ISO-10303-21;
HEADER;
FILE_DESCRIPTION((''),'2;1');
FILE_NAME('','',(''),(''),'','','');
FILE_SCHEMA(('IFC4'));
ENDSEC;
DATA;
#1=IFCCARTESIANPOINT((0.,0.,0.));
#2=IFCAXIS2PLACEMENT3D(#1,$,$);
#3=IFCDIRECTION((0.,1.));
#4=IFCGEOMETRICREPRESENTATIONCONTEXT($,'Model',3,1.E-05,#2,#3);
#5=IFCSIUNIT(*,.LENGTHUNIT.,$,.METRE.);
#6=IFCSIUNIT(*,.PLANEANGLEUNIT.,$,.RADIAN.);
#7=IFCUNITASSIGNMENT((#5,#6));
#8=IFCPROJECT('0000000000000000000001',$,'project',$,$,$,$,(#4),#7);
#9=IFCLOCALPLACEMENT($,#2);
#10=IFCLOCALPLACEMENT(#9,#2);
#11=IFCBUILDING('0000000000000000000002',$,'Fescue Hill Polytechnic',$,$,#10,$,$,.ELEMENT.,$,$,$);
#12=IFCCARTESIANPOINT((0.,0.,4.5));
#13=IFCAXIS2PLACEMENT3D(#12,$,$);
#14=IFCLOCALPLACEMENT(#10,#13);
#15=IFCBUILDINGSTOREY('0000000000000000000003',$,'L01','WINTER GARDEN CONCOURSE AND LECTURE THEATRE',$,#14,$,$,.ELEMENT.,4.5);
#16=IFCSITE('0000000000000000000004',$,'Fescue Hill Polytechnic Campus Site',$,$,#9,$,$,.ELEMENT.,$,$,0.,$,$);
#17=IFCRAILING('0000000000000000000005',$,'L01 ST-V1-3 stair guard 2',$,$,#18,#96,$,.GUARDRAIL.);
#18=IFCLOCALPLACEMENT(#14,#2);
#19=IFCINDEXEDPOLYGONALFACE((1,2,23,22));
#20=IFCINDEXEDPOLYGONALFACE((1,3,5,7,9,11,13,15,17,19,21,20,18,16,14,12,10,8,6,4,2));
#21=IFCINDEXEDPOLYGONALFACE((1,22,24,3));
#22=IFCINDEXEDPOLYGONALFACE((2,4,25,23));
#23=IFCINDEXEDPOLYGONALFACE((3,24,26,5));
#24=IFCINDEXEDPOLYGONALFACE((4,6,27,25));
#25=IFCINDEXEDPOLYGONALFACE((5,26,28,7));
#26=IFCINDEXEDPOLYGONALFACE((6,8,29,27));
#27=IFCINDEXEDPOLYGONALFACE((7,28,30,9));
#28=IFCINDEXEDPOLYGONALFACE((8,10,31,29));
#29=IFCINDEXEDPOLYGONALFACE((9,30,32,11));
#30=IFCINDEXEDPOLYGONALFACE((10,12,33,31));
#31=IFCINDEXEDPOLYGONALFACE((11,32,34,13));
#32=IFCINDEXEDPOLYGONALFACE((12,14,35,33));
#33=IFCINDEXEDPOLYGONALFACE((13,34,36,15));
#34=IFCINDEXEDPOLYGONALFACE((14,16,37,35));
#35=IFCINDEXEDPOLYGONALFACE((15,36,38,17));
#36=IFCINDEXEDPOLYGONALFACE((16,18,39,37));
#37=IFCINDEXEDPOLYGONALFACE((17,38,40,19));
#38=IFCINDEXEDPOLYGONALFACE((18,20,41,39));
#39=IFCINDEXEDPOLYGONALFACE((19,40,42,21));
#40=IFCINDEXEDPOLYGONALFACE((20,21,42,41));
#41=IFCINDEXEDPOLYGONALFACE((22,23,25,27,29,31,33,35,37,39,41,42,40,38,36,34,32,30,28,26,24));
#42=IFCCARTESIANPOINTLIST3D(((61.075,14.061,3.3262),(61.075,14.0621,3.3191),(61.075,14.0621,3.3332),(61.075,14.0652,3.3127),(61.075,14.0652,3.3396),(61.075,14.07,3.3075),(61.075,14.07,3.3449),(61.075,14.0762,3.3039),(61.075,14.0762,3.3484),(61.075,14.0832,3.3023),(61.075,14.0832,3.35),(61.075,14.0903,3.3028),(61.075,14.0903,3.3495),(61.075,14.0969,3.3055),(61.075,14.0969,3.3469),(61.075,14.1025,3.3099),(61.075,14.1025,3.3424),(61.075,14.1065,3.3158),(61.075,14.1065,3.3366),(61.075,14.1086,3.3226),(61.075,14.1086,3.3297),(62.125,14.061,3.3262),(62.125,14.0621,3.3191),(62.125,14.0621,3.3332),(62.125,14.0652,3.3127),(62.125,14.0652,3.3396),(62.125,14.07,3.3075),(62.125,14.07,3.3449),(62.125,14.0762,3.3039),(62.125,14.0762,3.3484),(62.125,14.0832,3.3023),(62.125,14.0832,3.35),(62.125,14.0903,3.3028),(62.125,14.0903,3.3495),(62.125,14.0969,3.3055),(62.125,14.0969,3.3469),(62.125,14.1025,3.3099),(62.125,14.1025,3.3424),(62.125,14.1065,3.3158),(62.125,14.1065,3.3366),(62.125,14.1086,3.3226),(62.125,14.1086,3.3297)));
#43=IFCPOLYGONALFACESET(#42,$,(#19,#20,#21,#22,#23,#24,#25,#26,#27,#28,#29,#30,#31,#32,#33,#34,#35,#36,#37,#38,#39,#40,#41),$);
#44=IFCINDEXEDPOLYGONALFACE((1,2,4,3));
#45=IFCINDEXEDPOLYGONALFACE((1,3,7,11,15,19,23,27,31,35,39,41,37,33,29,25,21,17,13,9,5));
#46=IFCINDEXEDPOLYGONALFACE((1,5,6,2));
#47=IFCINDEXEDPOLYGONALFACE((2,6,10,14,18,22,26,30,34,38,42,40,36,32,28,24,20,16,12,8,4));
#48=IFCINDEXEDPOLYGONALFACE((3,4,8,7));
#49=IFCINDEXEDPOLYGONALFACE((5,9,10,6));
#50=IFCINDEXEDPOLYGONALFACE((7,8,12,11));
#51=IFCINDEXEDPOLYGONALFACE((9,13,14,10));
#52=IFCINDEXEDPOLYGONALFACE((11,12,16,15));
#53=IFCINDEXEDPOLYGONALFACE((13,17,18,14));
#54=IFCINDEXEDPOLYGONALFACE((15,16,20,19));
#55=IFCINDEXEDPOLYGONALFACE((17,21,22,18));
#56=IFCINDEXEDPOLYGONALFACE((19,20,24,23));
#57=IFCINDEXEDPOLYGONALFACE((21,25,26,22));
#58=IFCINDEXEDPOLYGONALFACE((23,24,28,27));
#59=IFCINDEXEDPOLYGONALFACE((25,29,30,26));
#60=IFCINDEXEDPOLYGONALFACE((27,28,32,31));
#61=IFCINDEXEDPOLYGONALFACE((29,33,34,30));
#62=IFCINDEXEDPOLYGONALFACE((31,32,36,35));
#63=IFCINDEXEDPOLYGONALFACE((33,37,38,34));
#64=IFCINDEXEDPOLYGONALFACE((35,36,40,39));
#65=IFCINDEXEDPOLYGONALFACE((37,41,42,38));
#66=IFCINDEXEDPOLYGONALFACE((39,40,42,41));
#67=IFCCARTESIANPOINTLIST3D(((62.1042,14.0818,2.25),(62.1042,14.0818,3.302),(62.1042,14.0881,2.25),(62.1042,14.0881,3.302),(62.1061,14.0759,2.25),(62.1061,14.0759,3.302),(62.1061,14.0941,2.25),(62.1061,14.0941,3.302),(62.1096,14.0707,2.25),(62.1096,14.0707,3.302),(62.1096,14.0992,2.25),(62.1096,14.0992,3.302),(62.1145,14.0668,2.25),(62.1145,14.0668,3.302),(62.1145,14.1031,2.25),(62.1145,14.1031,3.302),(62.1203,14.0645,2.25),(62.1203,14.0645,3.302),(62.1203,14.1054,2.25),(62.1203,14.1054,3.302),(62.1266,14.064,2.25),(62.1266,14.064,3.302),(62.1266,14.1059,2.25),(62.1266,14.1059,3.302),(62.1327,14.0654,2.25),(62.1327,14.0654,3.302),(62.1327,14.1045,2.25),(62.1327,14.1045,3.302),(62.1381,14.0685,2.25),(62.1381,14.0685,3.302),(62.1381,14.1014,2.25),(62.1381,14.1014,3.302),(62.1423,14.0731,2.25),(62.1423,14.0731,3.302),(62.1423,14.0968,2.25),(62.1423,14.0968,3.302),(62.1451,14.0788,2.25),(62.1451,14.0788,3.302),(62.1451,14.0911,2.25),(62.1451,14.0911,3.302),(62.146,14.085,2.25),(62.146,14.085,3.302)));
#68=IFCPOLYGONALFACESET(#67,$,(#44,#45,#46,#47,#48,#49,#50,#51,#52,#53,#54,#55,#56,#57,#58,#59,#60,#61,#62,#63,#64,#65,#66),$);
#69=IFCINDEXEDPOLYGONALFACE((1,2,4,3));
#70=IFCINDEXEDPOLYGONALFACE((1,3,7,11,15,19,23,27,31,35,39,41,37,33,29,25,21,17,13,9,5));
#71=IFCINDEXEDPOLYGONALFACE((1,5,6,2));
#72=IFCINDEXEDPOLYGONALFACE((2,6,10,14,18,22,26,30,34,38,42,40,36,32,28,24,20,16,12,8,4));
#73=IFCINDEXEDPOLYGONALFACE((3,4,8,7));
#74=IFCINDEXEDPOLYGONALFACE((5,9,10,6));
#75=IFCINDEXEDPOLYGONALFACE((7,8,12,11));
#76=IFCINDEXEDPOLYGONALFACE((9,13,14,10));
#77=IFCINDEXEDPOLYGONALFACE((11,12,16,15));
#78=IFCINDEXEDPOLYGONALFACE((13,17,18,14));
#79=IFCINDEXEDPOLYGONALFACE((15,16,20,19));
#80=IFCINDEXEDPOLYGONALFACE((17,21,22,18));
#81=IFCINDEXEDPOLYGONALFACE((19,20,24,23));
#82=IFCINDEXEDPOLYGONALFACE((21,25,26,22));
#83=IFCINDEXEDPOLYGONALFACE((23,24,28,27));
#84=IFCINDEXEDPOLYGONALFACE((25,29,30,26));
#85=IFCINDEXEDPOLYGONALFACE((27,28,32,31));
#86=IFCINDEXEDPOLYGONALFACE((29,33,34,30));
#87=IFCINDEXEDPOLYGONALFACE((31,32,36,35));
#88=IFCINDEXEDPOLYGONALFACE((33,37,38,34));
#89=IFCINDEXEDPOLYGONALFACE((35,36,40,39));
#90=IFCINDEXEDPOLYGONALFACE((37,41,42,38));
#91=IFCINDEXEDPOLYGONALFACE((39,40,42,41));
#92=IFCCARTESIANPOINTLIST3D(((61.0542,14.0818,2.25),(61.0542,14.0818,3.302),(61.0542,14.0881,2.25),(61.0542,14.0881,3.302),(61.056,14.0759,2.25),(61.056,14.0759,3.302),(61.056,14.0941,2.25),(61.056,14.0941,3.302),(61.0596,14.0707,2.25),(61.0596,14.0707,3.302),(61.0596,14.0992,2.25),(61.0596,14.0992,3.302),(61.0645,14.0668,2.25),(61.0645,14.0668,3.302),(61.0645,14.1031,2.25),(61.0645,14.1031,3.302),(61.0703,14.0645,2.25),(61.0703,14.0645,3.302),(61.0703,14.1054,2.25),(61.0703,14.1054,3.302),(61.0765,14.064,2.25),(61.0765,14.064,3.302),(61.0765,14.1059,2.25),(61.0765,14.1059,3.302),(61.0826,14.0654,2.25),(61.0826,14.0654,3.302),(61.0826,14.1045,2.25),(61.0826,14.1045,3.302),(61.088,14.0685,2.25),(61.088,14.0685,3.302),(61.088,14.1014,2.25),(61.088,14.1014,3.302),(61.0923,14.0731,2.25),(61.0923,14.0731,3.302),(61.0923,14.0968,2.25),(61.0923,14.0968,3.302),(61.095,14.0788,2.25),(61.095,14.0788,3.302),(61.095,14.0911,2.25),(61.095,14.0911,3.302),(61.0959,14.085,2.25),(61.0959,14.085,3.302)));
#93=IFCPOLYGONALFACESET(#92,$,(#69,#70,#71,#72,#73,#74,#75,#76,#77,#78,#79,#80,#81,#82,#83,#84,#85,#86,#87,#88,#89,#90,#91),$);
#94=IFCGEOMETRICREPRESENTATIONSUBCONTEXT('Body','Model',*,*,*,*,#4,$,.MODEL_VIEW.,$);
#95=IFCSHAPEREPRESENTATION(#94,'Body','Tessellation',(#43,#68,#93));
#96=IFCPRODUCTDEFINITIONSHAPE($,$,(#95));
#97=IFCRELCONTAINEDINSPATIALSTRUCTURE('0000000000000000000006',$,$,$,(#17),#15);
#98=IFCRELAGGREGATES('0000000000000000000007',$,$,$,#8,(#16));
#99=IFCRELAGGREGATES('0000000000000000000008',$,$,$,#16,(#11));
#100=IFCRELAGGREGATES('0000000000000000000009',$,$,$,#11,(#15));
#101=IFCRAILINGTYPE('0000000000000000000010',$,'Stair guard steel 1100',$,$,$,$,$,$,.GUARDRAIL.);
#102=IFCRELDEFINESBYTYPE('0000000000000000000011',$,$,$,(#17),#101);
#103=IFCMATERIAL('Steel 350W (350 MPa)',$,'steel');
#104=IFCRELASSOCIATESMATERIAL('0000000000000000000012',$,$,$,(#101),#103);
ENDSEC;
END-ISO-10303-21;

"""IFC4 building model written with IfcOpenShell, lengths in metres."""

from ifc_helpers import new_model, si_unit, direction, frame, origin, origin_2d, place, context, subcontext, project, spatial, circle, extrude, material, type_object, element, save


model = new_model("IFC4")

# Units and contexts
model_context = context("Model", 3, precision=1e-05, world=origin(), true_north=direction((0.0, 1.0)))
body_context = subcontext(model_context, "Body", "Model", "MODEL_VIEW")
ifc_project = project(units=[si_unit("LENGTHUNIT", "METRE"), si_unit("PLANEANGLEUNIT", "RADIAN")], contexts=[model_context])

# Site, building, storey
site_placement = place(None, origin())
site = spatial("IfcSite", under=ifc_project, at=site_placement, Name="Fescue Hill Polytechnic Campus Site", CompositionType="ELEMENT", RefElevation=0.0)
building_placement = place(site_placement, origin())
building = spatial("IfcBuilding", under=site, at=building_placement, Name="Fescue Hill Polytechnic", CompositionType="ELEMENT")
storey_placement = place(building_placement, frame((0.0, 0.0, 4.5)))
storey = spatial("IfcBuildingStorey", under=building, at=storey_placement, Name="L01", Description="WINTER GARDEN CONCOURSE AND LECTURE THEATRE", CompositionType="ELEMENT", Elevation=4.5)

# Railing
ifc_material_1 = material(Name="Steel 350W (350 MPa)", Category="steel")
railing_type_1 = type_object("IfcRailingType", Name="Stair guard steel 1100", PredefinedType="GUARDRAIL", material=ifc_material_1)
railing_1_placement = place(storey_placement, frame((62.125, 14.085, 2.25)))
element("IfcRailing", 1, at=railing_1_placement, inside=storey, type_object=railing_type_1, Name="L01 ST-V1-3 stair guard 2", PredefinedType="GUARDRAIL", context=body_context, shape_type="SweptSolid", body=[
    extrude(circle(Radius=0.0239, at=origin_2d()), frame((0.0, 0.0, 1.0762), z_axis=(-1.0, 0.0, 0.0), x_axis=(0.0, -1.0, 0.0)), (0.0, 0.0, 1.0), 1.05),
    extrude(circle(Radius=0.021, at=origin_2d()), origin(), (0.0, 0.0, 1.0), 1.052),
    extrude(circle(Radius=0.021, at=origin_2d()), frame((-1.05, 0.0, 0.0)), (0.0, 0.0, 1.0), 1.052),
])

save(model, "model.ifc")
